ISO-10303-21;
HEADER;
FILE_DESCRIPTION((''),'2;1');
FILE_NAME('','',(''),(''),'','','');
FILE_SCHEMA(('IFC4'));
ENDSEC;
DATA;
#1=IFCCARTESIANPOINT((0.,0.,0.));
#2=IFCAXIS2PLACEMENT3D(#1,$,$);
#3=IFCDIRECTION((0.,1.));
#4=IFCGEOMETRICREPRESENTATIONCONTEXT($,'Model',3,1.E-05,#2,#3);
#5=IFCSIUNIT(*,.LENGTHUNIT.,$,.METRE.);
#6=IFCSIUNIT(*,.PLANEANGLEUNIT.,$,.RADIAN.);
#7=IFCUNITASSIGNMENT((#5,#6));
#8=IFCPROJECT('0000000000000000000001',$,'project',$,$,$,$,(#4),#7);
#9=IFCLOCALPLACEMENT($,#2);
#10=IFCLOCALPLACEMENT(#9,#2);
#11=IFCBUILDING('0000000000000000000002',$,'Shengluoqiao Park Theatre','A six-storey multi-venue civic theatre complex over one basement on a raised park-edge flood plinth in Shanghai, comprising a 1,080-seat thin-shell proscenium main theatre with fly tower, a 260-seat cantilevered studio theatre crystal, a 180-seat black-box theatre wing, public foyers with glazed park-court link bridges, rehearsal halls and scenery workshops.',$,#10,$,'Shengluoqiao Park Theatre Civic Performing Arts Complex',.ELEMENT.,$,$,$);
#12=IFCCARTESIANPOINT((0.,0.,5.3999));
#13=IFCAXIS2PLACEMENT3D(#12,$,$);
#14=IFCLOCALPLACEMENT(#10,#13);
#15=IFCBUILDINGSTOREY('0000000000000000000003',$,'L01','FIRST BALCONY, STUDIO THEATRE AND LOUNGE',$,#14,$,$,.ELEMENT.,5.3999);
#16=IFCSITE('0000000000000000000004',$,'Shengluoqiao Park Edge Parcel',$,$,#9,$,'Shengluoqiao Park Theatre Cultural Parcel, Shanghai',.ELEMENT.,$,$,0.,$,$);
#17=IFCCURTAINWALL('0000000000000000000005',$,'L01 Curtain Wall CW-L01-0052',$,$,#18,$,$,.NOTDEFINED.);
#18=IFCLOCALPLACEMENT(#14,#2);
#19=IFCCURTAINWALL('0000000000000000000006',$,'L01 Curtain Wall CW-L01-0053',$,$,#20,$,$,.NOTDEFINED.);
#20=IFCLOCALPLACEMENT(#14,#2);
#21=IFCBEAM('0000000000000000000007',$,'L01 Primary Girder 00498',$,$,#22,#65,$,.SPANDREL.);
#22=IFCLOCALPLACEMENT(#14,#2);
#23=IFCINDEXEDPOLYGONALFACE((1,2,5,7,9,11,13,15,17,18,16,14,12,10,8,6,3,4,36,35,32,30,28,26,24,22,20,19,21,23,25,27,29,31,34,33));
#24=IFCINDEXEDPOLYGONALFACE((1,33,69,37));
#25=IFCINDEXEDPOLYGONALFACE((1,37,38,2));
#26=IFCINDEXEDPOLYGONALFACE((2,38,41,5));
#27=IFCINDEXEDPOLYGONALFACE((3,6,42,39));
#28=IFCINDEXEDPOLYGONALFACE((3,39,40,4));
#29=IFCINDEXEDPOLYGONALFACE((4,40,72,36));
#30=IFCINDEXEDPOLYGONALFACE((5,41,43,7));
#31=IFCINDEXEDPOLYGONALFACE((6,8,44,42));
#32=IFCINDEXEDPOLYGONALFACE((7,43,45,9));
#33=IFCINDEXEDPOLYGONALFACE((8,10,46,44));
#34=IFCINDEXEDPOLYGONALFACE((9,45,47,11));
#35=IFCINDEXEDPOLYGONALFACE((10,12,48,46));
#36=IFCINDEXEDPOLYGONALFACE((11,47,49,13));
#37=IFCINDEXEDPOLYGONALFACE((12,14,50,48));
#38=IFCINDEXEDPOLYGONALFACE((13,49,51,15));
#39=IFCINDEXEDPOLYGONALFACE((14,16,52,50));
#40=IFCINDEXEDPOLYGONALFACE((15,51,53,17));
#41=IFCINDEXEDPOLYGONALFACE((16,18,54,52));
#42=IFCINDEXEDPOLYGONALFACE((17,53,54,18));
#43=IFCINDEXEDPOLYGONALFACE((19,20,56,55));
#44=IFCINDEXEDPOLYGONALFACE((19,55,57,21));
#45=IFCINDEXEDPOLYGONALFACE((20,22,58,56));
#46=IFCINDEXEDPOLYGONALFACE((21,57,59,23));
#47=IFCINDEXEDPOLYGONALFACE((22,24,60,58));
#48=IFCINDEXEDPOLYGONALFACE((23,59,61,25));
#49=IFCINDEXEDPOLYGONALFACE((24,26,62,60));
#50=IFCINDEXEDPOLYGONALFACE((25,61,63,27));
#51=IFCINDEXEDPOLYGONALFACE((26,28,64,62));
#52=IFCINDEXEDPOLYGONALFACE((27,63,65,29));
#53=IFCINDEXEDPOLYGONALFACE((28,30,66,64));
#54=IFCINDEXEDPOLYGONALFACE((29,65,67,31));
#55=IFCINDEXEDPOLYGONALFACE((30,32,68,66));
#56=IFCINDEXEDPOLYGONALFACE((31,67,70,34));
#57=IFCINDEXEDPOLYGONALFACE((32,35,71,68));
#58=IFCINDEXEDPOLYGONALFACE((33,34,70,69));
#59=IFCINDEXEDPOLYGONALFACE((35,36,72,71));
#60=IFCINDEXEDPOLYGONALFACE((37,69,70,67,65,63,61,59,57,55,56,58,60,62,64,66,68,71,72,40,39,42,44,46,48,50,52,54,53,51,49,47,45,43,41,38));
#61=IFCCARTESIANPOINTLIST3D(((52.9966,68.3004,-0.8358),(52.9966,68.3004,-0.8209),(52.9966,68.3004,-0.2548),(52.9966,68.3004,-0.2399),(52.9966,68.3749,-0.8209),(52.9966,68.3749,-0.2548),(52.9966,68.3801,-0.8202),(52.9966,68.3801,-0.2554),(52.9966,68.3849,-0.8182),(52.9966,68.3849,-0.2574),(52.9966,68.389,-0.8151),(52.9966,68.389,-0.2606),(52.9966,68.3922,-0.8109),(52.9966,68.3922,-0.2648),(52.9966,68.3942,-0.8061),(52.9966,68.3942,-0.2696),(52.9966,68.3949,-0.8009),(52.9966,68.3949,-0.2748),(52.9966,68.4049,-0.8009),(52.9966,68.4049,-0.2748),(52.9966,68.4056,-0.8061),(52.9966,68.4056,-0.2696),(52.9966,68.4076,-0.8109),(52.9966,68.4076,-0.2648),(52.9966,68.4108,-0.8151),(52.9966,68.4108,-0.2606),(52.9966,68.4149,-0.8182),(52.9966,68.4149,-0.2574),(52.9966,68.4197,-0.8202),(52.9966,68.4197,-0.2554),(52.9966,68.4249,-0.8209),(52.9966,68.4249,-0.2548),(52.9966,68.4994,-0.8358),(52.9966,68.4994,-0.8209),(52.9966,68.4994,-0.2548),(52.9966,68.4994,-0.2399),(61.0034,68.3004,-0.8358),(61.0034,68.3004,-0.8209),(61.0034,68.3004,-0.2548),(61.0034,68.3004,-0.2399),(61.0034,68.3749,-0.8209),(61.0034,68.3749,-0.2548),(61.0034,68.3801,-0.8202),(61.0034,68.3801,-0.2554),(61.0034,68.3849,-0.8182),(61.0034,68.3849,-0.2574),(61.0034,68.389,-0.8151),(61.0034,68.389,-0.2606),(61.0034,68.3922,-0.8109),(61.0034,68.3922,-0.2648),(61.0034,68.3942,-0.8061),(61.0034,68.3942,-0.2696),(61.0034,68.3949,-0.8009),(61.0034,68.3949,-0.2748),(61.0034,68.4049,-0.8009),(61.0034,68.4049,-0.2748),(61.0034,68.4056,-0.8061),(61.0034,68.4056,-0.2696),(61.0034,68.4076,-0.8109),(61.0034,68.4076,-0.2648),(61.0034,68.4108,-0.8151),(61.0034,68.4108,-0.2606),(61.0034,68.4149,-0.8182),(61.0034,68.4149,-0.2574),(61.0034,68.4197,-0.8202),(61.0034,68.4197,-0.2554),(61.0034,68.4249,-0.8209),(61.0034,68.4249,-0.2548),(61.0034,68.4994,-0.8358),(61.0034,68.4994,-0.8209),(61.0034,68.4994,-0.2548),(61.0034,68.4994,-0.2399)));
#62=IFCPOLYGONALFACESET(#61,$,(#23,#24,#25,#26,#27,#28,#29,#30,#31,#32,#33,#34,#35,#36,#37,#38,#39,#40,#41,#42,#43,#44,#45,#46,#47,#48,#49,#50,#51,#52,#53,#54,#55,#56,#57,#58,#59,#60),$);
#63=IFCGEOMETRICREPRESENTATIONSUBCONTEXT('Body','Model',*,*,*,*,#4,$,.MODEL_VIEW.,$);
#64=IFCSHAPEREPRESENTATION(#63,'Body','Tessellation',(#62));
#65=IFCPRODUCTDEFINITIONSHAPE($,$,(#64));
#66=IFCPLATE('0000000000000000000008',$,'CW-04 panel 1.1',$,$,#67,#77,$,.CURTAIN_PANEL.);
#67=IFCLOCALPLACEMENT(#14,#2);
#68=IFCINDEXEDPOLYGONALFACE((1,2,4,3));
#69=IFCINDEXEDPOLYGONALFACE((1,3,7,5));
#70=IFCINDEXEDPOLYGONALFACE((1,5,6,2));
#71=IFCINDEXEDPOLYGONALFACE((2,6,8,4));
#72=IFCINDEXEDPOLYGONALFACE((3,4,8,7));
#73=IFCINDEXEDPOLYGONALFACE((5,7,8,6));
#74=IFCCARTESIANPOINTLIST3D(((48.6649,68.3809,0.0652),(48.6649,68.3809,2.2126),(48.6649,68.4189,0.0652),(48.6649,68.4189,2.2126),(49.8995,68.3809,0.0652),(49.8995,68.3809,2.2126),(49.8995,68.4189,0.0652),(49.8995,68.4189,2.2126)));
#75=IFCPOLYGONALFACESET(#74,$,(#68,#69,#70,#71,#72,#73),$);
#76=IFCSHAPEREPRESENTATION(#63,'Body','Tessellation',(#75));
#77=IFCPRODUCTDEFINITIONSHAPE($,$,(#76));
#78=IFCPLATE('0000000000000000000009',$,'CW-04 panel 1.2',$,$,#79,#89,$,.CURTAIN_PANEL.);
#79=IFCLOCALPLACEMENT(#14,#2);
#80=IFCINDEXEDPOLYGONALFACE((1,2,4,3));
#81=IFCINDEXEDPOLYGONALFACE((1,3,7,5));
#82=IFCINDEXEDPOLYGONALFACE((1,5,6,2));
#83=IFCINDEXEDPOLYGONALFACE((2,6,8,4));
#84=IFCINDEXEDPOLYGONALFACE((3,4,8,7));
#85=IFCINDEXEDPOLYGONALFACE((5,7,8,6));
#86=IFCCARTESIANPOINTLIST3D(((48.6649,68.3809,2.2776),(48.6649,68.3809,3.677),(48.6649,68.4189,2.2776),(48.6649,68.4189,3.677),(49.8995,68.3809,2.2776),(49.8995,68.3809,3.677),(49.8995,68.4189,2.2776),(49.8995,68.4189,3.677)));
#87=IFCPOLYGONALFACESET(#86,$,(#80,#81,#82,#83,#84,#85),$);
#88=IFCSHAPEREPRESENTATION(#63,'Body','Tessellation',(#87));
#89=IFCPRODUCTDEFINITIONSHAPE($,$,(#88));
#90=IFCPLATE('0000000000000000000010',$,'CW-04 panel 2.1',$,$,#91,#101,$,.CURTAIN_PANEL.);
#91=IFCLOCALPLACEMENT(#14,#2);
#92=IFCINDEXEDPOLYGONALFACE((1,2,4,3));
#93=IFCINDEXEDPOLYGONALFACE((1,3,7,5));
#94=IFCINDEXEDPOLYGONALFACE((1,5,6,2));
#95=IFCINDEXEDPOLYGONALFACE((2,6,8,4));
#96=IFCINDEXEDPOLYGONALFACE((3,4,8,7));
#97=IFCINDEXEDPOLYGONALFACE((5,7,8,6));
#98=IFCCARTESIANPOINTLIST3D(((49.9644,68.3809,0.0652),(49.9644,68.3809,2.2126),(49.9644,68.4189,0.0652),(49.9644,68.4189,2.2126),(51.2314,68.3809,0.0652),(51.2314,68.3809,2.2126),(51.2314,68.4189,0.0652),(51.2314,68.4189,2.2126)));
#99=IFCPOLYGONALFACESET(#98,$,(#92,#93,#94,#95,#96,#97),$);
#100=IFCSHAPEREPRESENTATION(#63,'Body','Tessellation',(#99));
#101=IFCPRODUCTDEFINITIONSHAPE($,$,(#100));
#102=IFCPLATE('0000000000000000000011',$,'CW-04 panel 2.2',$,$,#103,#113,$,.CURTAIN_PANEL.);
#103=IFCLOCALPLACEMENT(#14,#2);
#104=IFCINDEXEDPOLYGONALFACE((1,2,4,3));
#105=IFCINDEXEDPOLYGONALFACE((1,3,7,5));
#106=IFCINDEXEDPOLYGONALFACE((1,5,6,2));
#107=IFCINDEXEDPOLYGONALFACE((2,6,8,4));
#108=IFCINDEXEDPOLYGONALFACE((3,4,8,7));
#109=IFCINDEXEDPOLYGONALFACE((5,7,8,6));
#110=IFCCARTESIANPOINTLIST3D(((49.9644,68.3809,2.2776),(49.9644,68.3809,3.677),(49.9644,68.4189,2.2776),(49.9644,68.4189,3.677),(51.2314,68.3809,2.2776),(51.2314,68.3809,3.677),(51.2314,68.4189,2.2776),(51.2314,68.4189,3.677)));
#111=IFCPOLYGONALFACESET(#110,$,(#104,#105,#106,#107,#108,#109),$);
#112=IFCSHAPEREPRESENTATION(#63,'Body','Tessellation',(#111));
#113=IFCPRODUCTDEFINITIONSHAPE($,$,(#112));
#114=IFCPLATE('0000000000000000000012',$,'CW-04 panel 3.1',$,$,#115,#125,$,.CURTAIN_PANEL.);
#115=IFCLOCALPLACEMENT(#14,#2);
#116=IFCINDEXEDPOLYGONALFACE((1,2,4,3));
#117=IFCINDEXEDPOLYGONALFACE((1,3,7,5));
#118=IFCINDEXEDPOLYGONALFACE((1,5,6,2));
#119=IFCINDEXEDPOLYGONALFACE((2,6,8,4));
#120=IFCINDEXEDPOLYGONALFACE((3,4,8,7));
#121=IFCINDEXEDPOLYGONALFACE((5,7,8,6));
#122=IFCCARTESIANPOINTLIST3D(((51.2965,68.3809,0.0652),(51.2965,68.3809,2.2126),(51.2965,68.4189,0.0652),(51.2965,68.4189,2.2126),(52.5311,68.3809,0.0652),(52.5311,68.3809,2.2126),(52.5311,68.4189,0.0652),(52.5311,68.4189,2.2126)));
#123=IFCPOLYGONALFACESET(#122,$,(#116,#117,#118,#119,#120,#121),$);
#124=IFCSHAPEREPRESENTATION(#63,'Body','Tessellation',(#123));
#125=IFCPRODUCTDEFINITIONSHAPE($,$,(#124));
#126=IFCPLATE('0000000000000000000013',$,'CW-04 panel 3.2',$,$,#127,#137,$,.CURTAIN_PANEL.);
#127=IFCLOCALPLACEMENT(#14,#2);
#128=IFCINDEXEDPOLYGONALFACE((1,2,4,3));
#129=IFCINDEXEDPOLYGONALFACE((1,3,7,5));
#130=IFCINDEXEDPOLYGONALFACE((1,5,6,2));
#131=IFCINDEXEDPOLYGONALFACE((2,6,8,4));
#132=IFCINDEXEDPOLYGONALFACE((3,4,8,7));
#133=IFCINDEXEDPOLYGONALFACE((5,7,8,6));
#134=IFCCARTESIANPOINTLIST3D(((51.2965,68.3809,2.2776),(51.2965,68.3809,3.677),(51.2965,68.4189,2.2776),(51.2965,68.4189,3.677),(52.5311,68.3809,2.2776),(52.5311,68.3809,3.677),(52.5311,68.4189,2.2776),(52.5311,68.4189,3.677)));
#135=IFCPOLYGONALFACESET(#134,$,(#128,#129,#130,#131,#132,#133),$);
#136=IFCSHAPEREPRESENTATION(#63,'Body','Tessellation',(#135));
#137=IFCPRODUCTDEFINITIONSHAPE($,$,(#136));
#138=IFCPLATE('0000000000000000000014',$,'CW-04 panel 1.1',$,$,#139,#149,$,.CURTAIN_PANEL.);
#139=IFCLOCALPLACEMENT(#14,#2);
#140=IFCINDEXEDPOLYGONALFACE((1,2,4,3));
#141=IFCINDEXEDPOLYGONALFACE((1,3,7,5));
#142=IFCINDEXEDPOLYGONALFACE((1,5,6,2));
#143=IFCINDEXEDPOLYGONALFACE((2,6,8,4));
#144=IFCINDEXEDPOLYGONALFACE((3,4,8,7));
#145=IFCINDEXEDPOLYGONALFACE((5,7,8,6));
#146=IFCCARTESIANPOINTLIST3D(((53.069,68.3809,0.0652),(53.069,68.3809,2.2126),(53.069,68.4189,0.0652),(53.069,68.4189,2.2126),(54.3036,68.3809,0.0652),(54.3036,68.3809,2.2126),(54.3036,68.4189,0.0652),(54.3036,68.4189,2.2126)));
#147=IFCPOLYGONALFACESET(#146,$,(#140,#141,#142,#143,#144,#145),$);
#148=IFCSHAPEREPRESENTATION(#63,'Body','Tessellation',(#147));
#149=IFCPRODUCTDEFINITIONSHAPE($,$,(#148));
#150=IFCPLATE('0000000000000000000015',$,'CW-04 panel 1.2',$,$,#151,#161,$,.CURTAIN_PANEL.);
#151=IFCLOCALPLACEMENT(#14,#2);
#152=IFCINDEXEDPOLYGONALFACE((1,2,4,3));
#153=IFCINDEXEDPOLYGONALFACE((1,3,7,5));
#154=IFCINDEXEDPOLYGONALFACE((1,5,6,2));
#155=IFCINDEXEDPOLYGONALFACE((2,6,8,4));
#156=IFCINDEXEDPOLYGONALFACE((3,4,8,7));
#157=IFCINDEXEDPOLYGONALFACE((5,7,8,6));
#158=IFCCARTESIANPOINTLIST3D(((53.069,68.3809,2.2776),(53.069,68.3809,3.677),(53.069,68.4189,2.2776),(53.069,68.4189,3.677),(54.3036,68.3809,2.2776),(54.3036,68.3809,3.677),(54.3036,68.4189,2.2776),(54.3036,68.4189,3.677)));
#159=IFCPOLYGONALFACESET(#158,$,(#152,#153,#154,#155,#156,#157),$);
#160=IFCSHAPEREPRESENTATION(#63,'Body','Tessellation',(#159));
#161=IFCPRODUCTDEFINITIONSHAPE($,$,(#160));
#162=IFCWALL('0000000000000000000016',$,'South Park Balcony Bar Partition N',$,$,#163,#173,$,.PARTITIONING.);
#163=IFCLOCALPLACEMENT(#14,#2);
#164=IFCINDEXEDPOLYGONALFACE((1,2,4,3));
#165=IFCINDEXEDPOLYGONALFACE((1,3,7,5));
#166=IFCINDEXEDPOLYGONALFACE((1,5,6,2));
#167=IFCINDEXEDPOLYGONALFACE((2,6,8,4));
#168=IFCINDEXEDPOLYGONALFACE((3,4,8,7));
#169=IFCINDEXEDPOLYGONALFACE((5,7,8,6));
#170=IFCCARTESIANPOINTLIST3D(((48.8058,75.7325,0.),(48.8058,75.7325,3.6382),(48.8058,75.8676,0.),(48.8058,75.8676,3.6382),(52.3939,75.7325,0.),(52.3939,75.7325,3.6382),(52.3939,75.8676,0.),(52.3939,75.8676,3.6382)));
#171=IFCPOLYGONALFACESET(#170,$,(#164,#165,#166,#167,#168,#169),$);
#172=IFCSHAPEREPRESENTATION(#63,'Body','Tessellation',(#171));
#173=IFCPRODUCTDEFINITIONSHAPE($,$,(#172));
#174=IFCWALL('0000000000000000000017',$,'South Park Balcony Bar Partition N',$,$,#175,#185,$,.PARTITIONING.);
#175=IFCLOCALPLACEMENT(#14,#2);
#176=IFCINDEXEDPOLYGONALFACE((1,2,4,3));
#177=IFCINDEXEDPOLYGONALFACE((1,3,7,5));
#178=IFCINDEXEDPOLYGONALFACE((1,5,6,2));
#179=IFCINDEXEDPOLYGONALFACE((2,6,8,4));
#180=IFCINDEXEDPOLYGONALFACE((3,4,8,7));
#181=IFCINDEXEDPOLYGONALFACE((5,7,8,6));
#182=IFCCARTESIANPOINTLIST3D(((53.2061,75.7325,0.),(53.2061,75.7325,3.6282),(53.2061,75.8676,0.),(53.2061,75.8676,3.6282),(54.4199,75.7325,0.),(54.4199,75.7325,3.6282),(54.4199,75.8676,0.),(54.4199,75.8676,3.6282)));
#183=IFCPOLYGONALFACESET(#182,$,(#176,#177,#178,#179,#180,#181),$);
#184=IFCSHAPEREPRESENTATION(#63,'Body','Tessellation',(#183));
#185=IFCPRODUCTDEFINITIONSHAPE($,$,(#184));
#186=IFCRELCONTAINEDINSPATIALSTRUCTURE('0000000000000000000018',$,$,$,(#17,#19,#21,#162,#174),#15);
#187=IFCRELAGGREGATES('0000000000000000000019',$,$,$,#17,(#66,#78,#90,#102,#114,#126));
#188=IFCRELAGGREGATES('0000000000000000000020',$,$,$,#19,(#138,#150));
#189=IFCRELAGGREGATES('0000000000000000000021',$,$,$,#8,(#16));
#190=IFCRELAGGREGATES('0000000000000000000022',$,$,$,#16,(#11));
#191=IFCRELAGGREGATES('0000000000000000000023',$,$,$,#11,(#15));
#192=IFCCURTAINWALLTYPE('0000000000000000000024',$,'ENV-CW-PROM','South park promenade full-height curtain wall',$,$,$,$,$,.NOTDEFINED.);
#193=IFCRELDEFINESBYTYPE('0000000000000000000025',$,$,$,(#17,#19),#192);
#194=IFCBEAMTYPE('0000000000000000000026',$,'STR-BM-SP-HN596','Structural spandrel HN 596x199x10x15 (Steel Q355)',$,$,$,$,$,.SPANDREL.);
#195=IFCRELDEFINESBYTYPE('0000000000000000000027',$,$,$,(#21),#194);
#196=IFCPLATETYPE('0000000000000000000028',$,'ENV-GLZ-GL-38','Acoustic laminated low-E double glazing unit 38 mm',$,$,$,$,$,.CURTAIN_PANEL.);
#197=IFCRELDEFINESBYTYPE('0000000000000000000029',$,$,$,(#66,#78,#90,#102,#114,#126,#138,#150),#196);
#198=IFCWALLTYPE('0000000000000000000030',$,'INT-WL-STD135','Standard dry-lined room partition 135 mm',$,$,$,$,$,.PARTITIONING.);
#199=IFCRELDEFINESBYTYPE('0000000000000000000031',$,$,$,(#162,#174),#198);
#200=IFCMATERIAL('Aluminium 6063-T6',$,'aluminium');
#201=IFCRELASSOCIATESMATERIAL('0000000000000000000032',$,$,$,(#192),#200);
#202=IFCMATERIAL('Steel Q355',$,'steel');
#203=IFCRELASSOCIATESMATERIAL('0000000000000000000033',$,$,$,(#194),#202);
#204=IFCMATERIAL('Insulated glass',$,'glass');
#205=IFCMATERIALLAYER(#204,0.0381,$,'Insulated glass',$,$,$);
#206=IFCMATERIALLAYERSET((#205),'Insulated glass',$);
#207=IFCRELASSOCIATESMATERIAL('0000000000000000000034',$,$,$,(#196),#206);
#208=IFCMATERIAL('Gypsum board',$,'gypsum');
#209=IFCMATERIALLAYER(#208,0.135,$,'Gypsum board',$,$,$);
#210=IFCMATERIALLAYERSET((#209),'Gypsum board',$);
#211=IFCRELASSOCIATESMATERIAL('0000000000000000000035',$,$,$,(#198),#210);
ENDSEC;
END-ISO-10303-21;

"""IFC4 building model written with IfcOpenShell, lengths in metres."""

from ifc_helpers import new_model, si_unit, direction, frame, frame_2d, origin, origin_2d, place, context, subcontext, project, spatial, rectangle, i_section, extrude, material, layer, layer_set, material_profile, profile_set, type_object, element, aggregate, save


model = new_model("IFC4")

# Units and contexts
model_context = context("Model", 3, precision=1e-05, world=origin(), true_north=direction((0.0, 1.0)))
body_context = subcontext(model_context, "Body", "Model", "MODEL_VIEW")
ifc_project = project(units=[si_unit("LENGTHUNIT", "METRE"), si_unit("PLANEANGLEUNIT", "RADIAN")], contexts=[model_context])

# Site, building, storey
site_placement = place(None, origin())
site = spatial("IfcSite", under=ifc_project, at=site_placement, Name="Shengluoqiao Park Edge Parcel", LongName="Shengluoqiao Park Theatre Cultural Parcel, Shanghai", CompositionType="ELEMENT", RefElevation=0.0)
building_placement = place(site_placement, origin())
building = spatial("IfcBuilding", under=site, at=building_placement, Name="Shengluoqiao Park Theatre", Description="A six-storey multi-venue civic theatre complex over one basement on a raised park-edge flood plinth in Shanghai, comprising a 1,080-seat thin-shell proscenium main theatre with fly tower, a 260-seat cantilevered studio theatre crystal, a 180-seat black-box theatre wing, public foyers with glazed park-court link bridges, rehearsal halls and scenery workshops.", LongName="Shengluoqiao Park Theatre Civic Performing Arts Complex", CompositionType="ELEMENT")
storey_placement = place(building_placement, frame((0.0, 0.0, 5.3999)))
storey = spatial("IfcBuildingStorey", under=building, at=storey_placement, Name="L01", Description="FIRST BALCONY, STUDIO THEATRE AND LOUNGE", CompositionType="ELEMENT", Elevation=5.3999)

# Shared definitions
ifc_material_1 = material(Name="Steel Q355", Category="steel")

# Curtain wall
ifc_material_2 = material(Name="Aluminium 6063-T6", Category="aluminium")
curtain_wall_type = type_object("IfcCurtainWallType", Name="ENV-CW-PROM", Description="South park promenade full-height curtain wall", PredefinedType="NOTDEFINED", material=ifc_material_2)
curtain_wall_1_placement = place(storey_placement, origin())
curtain_wall_1 = element("IfcCurtainWall", 1, at=curtain_wall_1_placement, inside=storey, type_object=curtain_wall_type, Name="L01 Curtain Wall CW-L01-0052", PredefinedType="NOTDEFINED")

# Curtain wall
curtain_wall_2_placement = place(storey_placement, origin())
curtain_wall_2 = element("IfcCurtainWall", 2, at=curtain_wall_2_placement, inside=storey, type_object=curtain_wall_type, Name="L01 Curtain Wall CW-L01-0053", PredefinedType="NOTDEFINED")

# Beam
ifc_material_profile_1 = material_profile(ifc_material_1, i_section(OverallWidth=0.199, OverallDepth=0.5959, WebThickness=0.01, FlangeThickness=0.0149, FilletRadius=0.02, at=origin_2d()), Name="HN 596x199x10x15")
ifc_profile_set_1 = profile_set([ifc_material_profile_1], Name="Steel Q355")
beam_type_1 = type_object("IfcBeamType", Name="STR-BM-SP-HN596", Description="Structural spandrel HN 596x199x10x15 (Steel Q355)", PredefinedType="SPANDREL", material=ifc_profile_set_1)
beam_1_placement = place(storey_placement, frame((52.9966, 68.3999, -0.5378), z_axis=(1.0, 0.0, 0.0), x_axis=(0.0, 1.0, 0.0)))
element("IfcBeam", 3, at=beam_1_placement, inside=storey, type_object=beam_type_1, Name="L01 Primary Girder 00498", PredefinedType="SPANDREL", context=body_context, shape_type="SweptSolid", body=[
    extrude(i_section(OverallWidth=0.199, OverallDepth=0.5959, WebThickness=0.01, FlangeThickness=0.0149, FilletRadius=0.02, at=origin_2d()), origin(), (0.0, 0.0, 1.0), 8.0068),
])

# Plates
ifc_material_3 = material(Name="Insulated glass", Category="glass")
ifc_layer_1 = layer(ifc_material_3, 0.0381, Name="Insulated glass")
ifc_layer_set_1 = layer_set([ifc_layer_1], Name="Insulated glass")
plate_type = type_object("IfcPlateType", Name="ENV-GLZ-GL-38", Description="Acoustic laminated low-E double glazing unit 38 mm", PredefinedType="CURTAIN_PANEL", material=ifc_layer_set_1)
plate_1_placement = place(storey_placement, frame((49.2822, 68.3999, 0.0652), z_axis=(0.0, 0.0, 1.0), x_axis=(1.0, 0.0, 0.0)))
plate_1 = element("IfcPlate", 4, at=plate_1_placement, type_object=plate_type, Name="CW-04 panel 1.1", PredefinedType="CURTAIN_PANEL", context=body_context, shape_type="SweptSolid", body=[
    extrude(rectangle(XDim=1.2346, YDim=0.0381, at=origin_2d()), origin(), (0.0, 0.0, 1.0), 2.1475),
])
plate_2_placement = place(storey_placement, frame((49.2822, 68.3999, 2.2776), z_axis=(0.0, 0.0, 1.0), x_axis=(1.0, 0.0, 0.0)))
plate_2 = element("IfcPlate", 5, at=plate_2_placement, type_object=plate_type, Name="CW-04 panel 1.2", PredefinedType="CURTAIN_PANEL", context=body_context, shape_type="SweptSolid", body=[
    extrude(rectangle(XDim=1.2346, YDim=0.0381, at=origin_2d()), origin(), (0.0, 0.0, 1.0), 1.3994),
])
plate_3_placement = place(storey_placement, frame((50.5979, 68.3999, 0.0652), z_axis=(0.0, 0.0, 1.0), x_axis=(1.0, 0.0, 0.0)))
plate_3 = element("IfcPlate", 6, at=plate_3_placement, type_object=plate_type, Name="CW-04 panel 2.1", PredefinedType="CURTAIN_PANEL", context=body_context, shape_type="SweptSolid", body=[
    extrude(rectangle(XDim=1.2671, YDim=0.0381, at=origin_2d()), origin(), (0.0, 0.0, 1.0), 2.1475),
])
plate_4_placement = place(storey_placement, frame((50.5979, 68.3999, 2.2776), z_axis=(0.0, 0.0, 1.0), x_axis=(1.0, 0.0, 0.0)))
plate_4 = element("IfcPlate", 7, at=plate_4_placement, type_object=plate_type, Name="CW-04 panel 2.2", PredefinedType="CURTAIN_PANEL", context=body_context, shape_type="SweptSolid", body=[
    extrude(rectangle(XDim=1.2671, YDim=0.0381, at=origin_2d()), origin(), (0.0, 0.0, 1.0), 1.3994),
])
plate_5_placement = place(storey_placement, frame((51.9138, 68.3999, 0.0652), z_axis=(0.0, 0.0, 1.0), x_axis=(1.0, 0.0, 0.0)))
plate_5 = element("IfcPlate", 8, at=plate_5_placement, type_object=plate_type, Name="CW-04 panel 3.1", PredefinedType="CURTAIN_PANEL", context=body_context, shape_type="SweptSolid", body=[
    extrude(rectangle(XDim=1.2346, YDim=0.0381, at=origin_2d()), origin(), (0.0, 0.0, 1.0), 2.1475),
])
plate_6_placement = place(storey_placement, frame((51.9138, 68.3999, 2.2776), z_axis=(0.0, 0.0, 1.0), x_axis=(1.0, 0.0, 0.0)))
plate_6 = element("IfcPlate", 9, at=plate_6_placement, type_object=plate_type, Name="CW-04 panel 3.2", PredefinedType="CURTAIN_PANEL", context=body_context, shape_type="SweptSolid", body=[
    extrude(rectangle(XDim=1.2346, YDim=0.0381, at=origin_2d()), origin(), (0.0, 0.0, 1.0), 1.3994),
])
aggregate(curtain_wall_1, [plate_1, plate_2, plate_3, plate_4, plate_5, plate_6])
plate_7_placement = place(storey_placement, frame((53.6863, 68.3999, 0.0652), z_axis=(0.0, 0.0, 1.0), x_axis=(1.0, 0.0, 0.0)))
plate_7 = element("IfcPlate", 10, at=plate_7_placement, type_object=plate_type, Name="CW-04 panel 1.1", PredefinedType="CURTAIN_PANEL", context=body_context, shape_type="SweptSolid", body=[
    extrude(rectangle(XDim=1.2346, YDim=0.0381, at=origin_2d()), origin(), (0.0, 0.0, 1.0), 2.1475),
])
plate_8_placement = place(storey_placement, frame((53.6863, 68.3999, 2.2776), z_axis=(0.0, 0.0, 1.0), x_axis=(1.0, 0.0, 0.0)))
plate_8 = element("IfcPlate", 11, at=plate_8_placement, type_object=plate_type, Name="CW-04 panel 1.2", PredefinedType="CURTAIN_PANEL", context=body_context, shape_type="SweptSolid", body=[
    extrude(rectangle(XDim=1.2346, YDim=0.0381, at=origin_2d()), origin(), (0.0, 0.0, 1.0), 1.3994),
])
aggregate(curtain_wall_2, [plate_7, plate_8])

# Walls
ifc_material_4 = material(Name="Gypsum board", Category="gypsum")
ifc_layer_2 = layer(ifc_material_4, 0.135, Name="Gypsum board")
ifc_layer_set_2 = layer_set([ifc_layer_2], Name="Gypsum board")
wall_type = type_object("IfcWallType", Name="INT-WL-STD135", Description="Standard dry-lined room partition 135 mm", PredefinedType="PARTITIONING", material=ifc_layer_set_2)
wall_1_placement = place(storey_placement, frame((48.8059, 75.8, 0.0), z_axis=(0.0, 0.0, 1.0), x_axis=(1.0, 0.0, 0.0)))
element("IfcWall", 12, at=wall_1_placement, inside=storey, type_object=wall_type, Name="South Park Balcony Bar Partition N", PredefinedType="PARTITIONING", context=body_context, shape_type="SweptSolid", body=[
    extrude(rectangle(XDim=3.5881, YDim=0.135, at=frame_2d((1.7939, 0.0))), origin(), (0.0, 0.0, 1.0), 3.6382),
])
wall_2_placement = place(storey_placement, frame((53.2061, 75.8, 0.0), z_axis=(0.0, 0.0, 1.0), x_axis=(1.0, 0.0, 0.0)))
element("IfcWall", 13, at=wall_2_placement, inside=storey, type_object=wall_type, Name="South Park Balcony Bar Partition N", PredefinedType="PARTITIONING", context=body_context, shape_type="SweptSolid", body=[
    extrude(rectangle(XDim=1.2139, YDim=0.135, at=frame_2d((0.6069, 0.0))), origin(), (0.0, 0.0, 1.0), 3.6282),
])

save(model, "model.ifc")
